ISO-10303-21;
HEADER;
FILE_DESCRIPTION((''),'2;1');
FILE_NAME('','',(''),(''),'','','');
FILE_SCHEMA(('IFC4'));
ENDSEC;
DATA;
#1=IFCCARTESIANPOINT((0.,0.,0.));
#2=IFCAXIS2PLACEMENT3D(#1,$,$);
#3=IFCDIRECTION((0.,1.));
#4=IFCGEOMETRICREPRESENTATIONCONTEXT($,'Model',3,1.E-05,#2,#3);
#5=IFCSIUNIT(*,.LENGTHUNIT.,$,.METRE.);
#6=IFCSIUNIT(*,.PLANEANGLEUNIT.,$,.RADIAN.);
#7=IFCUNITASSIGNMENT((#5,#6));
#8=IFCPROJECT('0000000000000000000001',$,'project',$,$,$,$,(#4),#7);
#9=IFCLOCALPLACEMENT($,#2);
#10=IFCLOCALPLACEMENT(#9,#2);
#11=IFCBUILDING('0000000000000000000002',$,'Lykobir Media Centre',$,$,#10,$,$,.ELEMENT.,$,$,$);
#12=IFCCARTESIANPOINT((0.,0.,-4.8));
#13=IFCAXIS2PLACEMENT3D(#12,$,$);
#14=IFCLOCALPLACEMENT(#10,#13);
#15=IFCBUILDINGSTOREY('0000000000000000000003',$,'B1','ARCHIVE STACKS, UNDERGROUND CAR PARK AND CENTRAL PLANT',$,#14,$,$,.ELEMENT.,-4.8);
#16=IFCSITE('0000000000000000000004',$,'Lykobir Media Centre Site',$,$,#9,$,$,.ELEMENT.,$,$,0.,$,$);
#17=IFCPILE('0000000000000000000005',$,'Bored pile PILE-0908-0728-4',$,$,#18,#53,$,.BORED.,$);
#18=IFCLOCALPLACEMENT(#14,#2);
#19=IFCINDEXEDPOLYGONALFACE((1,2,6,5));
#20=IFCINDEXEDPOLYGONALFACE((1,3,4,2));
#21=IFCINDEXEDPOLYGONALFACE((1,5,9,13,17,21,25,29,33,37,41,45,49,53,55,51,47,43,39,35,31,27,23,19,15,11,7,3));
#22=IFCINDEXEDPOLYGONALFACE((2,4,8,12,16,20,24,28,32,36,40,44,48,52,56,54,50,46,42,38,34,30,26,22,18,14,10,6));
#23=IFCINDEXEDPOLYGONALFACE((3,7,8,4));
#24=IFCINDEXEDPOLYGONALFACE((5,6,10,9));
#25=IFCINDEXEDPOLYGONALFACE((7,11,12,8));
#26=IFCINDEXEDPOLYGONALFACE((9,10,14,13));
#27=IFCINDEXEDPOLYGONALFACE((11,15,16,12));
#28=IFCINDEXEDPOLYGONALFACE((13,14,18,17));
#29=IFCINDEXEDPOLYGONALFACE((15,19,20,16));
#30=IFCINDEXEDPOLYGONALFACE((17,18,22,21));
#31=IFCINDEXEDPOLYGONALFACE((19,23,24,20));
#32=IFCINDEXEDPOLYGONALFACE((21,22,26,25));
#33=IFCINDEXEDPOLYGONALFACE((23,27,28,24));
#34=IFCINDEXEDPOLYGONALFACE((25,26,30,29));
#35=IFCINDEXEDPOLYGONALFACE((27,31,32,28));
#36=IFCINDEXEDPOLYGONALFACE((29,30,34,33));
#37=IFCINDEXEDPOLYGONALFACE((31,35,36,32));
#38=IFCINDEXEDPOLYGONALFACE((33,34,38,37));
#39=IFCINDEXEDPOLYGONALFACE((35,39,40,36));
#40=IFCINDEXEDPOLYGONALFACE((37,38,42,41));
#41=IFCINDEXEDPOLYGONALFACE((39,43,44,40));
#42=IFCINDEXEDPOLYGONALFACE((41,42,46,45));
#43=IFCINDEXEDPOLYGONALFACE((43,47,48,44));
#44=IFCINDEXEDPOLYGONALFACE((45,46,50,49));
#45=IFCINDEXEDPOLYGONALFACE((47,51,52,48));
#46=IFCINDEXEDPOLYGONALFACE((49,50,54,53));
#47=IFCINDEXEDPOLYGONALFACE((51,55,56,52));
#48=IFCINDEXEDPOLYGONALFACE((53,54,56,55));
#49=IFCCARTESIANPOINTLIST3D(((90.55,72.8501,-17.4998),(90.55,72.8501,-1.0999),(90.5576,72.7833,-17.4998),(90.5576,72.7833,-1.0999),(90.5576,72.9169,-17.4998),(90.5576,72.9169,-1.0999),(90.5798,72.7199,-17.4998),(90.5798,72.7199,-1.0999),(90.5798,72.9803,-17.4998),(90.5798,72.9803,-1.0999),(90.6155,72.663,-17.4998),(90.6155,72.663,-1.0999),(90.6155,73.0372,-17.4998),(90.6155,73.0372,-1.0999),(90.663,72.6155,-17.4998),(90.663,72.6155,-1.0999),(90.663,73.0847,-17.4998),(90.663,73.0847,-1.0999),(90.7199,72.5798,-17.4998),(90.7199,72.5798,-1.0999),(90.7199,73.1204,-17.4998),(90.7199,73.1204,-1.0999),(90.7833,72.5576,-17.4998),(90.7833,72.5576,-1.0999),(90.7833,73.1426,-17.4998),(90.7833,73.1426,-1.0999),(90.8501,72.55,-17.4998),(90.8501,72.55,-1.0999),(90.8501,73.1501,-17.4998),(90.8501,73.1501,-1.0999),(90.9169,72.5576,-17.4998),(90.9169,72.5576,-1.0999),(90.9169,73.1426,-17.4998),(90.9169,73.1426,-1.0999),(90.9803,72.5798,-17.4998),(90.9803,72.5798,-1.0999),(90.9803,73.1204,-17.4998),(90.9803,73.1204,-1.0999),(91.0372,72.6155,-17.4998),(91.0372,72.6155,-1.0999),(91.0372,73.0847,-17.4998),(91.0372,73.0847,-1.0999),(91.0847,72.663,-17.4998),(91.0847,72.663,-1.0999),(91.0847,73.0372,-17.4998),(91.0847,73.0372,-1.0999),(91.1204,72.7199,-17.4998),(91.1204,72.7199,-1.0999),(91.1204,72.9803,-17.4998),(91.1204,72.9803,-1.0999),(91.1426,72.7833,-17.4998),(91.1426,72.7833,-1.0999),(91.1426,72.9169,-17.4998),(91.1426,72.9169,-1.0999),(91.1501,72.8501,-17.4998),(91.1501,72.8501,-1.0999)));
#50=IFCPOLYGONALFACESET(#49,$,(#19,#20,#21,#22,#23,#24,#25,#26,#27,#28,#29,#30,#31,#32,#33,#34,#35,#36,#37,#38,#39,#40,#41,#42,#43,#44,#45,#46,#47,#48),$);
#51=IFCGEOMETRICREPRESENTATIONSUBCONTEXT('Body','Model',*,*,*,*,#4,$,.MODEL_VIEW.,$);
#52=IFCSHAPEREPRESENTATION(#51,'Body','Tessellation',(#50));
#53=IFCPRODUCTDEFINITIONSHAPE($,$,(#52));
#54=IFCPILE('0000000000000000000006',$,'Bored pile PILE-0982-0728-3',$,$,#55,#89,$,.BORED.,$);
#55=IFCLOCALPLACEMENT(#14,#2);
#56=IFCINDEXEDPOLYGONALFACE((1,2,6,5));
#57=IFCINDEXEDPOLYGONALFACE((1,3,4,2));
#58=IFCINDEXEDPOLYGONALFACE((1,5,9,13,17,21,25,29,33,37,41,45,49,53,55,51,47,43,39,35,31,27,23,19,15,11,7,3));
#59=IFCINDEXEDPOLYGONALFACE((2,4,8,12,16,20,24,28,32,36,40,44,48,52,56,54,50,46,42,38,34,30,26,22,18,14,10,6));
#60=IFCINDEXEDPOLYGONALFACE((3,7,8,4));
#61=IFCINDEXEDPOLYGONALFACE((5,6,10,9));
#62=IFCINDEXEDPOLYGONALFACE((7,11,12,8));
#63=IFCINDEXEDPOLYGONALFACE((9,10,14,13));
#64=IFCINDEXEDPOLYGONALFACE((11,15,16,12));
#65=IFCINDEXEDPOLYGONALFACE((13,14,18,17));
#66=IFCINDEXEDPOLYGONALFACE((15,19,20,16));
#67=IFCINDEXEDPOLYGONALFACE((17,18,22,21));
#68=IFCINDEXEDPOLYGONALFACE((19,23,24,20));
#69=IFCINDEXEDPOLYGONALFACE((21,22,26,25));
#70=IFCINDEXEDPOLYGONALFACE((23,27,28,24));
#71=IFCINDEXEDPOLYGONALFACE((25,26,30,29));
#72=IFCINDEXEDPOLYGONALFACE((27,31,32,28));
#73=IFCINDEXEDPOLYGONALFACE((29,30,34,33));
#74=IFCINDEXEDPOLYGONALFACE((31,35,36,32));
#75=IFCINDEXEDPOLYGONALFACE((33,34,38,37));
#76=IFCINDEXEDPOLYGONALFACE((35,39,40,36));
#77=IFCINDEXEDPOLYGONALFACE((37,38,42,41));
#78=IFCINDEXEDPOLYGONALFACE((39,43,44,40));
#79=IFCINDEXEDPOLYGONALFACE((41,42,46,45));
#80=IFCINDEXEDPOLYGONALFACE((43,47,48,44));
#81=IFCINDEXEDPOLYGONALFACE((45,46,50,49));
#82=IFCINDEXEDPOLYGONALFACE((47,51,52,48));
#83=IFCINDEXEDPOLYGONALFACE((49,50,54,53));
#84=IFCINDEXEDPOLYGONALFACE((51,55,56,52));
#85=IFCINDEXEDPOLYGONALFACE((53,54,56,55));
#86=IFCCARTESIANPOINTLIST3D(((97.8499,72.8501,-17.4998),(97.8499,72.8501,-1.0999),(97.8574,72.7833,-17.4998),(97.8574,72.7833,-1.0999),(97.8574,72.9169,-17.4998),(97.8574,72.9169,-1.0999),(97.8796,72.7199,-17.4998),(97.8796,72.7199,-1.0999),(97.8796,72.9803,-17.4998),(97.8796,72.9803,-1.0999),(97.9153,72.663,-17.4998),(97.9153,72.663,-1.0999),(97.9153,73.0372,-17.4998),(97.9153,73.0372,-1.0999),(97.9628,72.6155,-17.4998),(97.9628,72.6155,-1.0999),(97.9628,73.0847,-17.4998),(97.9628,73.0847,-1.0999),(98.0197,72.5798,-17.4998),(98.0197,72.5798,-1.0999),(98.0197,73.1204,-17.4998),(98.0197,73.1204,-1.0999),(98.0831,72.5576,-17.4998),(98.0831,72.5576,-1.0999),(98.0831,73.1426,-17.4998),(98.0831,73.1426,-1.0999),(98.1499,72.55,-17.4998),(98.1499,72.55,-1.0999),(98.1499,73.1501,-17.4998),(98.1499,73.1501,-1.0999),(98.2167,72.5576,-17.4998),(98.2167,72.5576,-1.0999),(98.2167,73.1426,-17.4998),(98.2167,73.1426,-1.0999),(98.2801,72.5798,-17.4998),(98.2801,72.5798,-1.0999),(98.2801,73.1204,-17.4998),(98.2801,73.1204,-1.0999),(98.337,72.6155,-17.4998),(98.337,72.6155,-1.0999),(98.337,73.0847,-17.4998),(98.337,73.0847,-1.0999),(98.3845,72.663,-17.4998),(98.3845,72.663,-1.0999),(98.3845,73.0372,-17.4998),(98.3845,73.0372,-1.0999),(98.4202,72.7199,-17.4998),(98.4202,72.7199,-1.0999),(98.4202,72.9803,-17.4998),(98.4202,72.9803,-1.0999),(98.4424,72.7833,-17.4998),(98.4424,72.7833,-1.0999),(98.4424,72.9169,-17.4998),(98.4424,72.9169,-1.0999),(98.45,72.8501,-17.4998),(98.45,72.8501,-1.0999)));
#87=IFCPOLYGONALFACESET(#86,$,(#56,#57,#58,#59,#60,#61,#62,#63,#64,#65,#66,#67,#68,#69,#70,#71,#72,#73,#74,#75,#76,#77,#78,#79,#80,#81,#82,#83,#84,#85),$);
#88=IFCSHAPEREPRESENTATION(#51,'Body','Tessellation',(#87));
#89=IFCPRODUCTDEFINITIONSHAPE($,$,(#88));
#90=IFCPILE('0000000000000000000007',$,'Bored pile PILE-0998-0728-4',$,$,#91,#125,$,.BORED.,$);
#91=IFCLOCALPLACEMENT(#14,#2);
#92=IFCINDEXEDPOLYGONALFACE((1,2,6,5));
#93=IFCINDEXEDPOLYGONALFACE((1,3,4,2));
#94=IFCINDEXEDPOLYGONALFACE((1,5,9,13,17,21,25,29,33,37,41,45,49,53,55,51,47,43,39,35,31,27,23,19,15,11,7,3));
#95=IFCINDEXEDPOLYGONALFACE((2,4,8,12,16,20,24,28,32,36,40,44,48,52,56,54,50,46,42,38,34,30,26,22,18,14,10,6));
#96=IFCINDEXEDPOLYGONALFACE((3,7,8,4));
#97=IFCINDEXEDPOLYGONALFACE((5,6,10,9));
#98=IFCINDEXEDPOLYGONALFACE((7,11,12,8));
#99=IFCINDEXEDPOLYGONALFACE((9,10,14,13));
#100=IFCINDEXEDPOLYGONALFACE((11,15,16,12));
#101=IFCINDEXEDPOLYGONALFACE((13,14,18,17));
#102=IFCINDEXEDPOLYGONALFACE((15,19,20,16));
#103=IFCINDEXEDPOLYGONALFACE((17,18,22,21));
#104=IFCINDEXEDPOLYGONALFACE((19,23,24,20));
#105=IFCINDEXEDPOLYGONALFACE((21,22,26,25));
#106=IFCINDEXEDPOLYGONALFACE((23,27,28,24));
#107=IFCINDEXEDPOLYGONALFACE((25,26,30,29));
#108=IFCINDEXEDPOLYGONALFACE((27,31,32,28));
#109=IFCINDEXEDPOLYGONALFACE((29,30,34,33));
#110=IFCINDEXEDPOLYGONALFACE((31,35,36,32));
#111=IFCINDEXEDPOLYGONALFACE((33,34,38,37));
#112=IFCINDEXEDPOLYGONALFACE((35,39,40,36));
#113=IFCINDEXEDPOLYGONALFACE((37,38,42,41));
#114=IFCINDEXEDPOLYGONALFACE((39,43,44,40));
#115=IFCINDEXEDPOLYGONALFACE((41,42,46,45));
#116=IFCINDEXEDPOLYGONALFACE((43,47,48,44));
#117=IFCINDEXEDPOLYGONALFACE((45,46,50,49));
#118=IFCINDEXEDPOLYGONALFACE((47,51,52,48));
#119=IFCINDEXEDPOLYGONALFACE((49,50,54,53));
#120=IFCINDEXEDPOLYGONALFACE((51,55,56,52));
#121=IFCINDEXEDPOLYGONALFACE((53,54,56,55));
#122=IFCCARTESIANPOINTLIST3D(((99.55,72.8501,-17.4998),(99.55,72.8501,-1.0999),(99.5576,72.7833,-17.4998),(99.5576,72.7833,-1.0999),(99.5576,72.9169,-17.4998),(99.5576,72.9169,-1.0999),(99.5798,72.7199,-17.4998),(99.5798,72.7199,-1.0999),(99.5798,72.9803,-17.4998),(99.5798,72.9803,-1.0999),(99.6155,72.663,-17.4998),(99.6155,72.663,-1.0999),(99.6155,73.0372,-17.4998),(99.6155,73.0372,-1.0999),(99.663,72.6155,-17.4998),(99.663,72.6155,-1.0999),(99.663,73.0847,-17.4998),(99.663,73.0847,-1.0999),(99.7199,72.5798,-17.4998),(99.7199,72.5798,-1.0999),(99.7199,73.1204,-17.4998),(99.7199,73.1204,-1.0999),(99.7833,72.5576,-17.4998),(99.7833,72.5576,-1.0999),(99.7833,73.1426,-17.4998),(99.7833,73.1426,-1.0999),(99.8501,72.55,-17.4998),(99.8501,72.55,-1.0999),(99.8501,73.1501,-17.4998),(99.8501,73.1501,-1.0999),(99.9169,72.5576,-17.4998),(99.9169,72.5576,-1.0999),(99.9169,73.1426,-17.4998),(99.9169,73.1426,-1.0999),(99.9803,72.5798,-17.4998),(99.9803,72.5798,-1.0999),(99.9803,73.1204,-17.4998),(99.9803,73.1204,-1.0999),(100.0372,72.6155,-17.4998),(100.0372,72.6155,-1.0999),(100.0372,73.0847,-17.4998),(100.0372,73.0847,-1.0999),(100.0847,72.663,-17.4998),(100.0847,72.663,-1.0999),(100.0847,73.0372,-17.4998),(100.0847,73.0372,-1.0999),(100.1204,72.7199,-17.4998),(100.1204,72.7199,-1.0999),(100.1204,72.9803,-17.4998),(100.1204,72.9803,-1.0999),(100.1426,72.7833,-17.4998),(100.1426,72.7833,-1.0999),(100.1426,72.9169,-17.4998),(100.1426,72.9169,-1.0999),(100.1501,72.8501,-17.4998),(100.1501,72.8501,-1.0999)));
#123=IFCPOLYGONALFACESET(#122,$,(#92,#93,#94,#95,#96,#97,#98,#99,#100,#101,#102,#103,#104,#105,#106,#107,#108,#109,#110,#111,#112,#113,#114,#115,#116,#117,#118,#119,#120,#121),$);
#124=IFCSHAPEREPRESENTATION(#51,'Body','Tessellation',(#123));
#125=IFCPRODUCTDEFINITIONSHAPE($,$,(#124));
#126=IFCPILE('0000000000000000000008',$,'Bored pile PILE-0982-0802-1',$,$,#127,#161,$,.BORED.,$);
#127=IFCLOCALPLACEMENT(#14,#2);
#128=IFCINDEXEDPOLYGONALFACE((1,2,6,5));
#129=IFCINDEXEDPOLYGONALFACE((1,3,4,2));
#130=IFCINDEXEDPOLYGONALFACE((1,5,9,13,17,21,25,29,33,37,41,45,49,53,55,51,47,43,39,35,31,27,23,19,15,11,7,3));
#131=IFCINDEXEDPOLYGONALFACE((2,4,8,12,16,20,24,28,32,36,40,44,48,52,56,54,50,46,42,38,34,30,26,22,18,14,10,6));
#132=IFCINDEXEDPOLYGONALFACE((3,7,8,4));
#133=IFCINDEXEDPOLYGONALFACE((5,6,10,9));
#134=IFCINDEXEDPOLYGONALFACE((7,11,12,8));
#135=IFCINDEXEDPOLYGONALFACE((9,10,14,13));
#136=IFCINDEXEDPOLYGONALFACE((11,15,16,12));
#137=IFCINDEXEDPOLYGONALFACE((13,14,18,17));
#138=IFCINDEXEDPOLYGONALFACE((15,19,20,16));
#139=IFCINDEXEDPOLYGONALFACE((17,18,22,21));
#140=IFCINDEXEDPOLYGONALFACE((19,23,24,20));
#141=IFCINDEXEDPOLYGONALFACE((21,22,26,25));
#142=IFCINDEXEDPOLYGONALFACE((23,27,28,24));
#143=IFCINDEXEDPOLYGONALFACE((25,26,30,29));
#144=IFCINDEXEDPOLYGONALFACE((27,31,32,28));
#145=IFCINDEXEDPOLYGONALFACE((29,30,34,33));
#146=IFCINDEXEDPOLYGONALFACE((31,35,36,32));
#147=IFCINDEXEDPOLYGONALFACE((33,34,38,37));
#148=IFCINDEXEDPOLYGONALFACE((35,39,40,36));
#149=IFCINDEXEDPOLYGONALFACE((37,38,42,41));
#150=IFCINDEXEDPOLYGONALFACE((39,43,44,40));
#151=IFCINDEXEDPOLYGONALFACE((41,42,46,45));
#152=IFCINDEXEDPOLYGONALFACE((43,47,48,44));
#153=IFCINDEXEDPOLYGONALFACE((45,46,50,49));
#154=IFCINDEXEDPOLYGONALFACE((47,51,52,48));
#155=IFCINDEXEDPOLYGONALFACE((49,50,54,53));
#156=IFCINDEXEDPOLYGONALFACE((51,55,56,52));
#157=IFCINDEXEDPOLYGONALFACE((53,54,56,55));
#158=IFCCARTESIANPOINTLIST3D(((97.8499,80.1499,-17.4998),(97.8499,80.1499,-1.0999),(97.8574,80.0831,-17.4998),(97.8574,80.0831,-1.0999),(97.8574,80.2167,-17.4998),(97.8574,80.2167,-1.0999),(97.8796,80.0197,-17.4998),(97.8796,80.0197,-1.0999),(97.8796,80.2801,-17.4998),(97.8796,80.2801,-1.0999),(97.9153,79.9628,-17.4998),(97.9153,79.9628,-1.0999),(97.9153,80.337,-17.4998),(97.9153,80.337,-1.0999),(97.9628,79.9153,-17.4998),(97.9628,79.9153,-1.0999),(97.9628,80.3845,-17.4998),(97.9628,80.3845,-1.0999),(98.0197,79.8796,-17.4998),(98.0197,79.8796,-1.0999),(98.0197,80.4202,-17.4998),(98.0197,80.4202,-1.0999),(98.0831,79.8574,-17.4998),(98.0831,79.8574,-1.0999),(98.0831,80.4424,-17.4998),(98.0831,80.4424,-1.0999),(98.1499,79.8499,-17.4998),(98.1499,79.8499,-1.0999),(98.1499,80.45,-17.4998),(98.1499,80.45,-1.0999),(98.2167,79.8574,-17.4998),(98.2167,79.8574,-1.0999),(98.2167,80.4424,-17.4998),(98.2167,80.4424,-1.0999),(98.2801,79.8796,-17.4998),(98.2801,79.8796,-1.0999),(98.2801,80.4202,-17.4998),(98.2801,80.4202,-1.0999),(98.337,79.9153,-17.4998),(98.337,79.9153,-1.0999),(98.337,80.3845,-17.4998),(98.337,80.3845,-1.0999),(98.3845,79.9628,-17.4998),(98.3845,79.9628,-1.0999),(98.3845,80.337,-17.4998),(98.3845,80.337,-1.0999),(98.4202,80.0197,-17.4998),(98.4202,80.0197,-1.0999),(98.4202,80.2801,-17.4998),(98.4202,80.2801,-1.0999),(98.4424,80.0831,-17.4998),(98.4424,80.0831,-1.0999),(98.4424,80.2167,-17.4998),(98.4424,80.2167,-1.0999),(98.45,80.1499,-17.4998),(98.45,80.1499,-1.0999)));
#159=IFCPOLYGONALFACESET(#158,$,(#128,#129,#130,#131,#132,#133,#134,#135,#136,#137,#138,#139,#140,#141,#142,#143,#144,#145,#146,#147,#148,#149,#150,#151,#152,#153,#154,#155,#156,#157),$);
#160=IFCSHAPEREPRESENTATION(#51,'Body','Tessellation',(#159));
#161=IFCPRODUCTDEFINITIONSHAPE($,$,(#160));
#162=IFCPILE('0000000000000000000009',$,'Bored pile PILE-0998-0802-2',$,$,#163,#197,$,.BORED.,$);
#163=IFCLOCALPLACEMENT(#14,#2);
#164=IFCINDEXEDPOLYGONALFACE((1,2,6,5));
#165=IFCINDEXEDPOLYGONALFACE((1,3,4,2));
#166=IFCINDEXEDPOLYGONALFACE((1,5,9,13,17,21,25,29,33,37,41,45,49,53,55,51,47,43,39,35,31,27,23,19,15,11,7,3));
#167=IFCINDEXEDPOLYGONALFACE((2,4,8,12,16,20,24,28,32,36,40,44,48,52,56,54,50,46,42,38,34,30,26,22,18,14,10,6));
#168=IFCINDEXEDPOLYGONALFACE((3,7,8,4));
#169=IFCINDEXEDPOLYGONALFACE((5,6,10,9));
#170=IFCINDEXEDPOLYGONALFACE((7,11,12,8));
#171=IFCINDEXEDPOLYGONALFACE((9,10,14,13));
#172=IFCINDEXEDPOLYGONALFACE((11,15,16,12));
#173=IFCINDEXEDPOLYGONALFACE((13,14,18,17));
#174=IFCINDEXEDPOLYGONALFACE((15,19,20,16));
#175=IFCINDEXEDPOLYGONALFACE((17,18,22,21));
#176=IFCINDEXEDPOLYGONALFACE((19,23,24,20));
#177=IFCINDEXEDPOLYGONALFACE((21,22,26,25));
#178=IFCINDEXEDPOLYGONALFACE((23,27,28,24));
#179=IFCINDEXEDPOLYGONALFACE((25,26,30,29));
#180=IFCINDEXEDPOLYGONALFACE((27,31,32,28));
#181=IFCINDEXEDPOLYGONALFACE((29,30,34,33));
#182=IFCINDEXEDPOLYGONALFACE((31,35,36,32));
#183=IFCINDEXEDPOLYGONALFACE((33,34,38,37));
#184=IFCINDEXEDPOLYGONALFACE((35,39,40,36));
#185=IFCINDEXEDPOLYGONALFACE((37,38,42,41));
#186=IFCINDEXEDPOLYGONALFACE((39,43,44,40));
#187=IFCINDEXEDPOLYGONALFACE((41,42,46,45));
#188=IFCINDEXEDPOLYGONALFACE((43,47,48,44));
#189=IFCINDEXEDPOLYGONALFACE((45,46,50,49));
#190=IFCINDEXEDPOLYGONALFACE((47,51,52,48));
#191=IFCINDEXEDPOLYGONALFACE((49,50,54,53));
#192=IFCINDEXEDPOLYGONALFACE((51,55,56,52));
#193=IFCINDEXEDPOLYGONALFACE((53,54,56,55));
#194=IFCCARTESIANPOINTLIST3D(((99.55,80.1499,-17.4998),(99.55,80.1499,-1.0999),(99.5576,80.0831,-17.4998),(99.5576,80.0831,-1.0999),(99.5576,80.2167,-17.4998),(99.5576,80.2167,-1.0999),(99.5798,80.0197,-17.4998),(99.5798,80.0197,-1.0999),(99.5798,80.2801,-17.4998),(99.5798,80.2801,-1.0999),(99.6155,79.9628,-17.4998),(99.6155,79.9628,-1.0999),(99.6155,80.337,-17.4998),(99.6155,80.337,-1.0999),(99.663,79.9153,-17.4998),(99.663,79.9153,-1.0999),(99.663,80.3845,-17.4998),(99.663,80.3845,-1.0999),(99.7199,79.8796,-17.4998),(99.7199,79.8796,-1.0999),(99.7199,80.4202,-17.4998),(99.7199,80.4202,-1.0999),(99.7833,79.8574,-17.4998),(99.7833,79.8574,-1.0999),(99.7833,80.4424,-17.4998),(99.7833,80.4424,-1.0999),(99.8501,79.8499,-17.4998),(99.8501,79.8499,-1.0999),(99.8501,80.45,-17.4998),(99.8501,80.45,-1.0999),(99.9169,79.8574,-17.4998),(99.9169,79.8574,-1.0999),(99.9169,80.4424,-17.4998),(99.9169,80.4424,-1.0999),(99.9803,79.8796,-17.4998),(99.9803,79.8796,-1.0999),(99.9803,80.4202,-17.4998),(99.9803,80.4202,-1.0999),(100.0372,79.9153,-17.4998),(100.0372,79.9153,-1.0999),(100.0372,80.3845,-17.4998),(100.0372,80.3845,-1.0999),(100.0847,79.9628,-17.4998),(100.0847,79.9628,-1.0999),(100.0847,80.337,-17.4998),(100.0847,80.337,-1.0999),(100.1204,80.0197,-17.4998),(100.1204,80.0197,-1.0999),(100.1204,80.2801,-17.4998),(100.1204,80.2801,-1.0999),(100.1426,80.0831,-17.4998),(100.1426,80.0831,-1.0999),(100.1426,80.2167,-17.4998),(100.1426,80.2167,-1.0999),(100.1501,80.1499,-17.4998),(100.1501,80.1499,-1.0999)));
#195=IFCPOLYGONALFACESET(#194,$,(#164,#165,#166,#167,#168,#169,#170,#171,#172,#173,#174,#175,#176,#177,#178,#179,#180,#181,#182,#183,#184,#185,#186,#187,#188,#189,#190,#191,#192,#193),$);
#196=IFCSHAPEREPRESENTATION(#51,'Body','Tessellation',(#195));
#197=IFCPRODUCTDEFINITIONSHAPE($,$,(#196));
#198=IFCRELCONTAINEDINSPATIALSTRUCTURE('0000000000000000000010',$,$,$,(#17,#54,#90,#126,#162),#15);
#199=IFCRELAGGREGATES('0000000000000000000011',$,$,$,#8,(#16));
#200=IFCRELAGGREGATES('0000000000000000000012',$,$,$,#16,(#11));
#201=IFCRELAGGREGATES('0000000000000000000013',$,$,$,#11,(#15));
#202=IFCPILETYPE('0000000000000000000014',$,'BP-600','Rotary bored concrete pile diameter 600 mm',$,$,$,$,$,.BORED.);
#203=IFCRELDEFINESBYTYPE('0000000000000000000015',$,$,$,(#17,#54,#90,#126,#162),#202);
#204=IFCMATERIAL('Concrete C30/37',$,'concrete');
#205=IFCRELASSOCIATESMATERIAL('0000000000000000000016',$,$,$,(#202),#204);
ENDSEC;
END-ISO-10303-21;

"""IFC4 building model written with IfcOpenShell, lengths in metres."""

from ifc_helpers import new_model, si_unit, direction, frame, origin, origin_2d, place, context, subcontext, project, spatial, circle, extrude, material, material_profile, profile_set, type_object, element, save


model = new_model("IFC4")

# Units and contexts
model_context = context("Model", 3, precision=1e-05, world=origin(), true_north=direction((0.0, 1.0)))
body_context = subcontext(model_context, "Body", "Model", "MODEL_VIEW")
ifc_project = project(units=[si_unit("LENGTHUNIT", "METRE"), si_unit("PLANEANGLEUNIT", "RADIAN")], contexts=[model_context])

# Site, building, storey
site_placement = place(None, origin())
site = spatial("IfcSite", under=ifc_project, at=site_placement, Name="Lykobir Media Centre Site", CompositionType="ELEMENT", RefElevation=0.0)
building_placement = place(site_placement, origin())
building = spatial("IfcBuilding", under=site, at=building_placement, Name="Lykobir Media Centre", CompositionType="ELEMENT")
storey_placement = place(building_placement, frame((0.0, 0.0, -4.8)))
storey = spatial("IfcBuildingStorey", under=building, at=storey_placement, Name="B1", Description="ARCHIVE STACKS, UNDERGROUND CAR PARK AND CENTRAL PLANT", CompositionType="ELEMENT", Elevation=-4.8)

# Piles
ifc_material_1 = material(Name="Concrete C30/37", Category="concrete")
ifc_material_profile_1 = material_profile(ifc_material_1, circle(Radius=0.3, at=origin_2d()), Name="BORED PILE D600")
ifc_profile_set_1 = profile_set([ifc_material_profile_1], Name="Concrete C30/37")
pile_type = type_object("IfcPileType", Name="BP-600", Description="Rotary bored concrete pile diameter 600 mm", PredefinedType="BORED", material=ifc_profile_set_1)
for number, where, z_axis, x_axis, name in (
    (1, (90.8501, 72.8501, -1.0999), (0.0, 0.0, -1.0), (1.0, 0.0, 0.0), "Bored pile PILE-0908-0728-4"),
    (2, (98.1499, 72.8501, -1.0999), (0.0, 0.0, -1.0), (1.0, 0.0, 0.0), "Bored pile PILE-0982-0728-3"),
    (3, (99.8501, 72.8501, -1.0999), (0.0, 0.0, -1.0), (1.0, 0.0, 0.0), "Bored pile PILE-0998-0728-4"),
    (4, (98.1499, 80.1499, -1.0999), (0.0, 0.0, -1.0), (1.0, 0.0, 0.0), "Bored pile PILE-0982-0802-1"),
    (5, (99.8501, 80.1499, -1.0999), (0.0, 0.0, -1.0), (1.0, 0.0, 0.0), "Bored pile PILE-0998-0802-2"),
):
    element("IfcPile", number, at=place(storey_placement, frame(where, z_axis=z_axis, x_axis=x_axis)), inside=storey, type_object=pile_type, Name=name, PredefinedType="BORED", context=body_context, shape_type="SweptSolid", body=[
        extrude(circle(Radius=0.3, at=origin_2d()), origin(), (0.0, 0.0, 1.0), 16.3999),
    ])

save(model, "model.ifc")
